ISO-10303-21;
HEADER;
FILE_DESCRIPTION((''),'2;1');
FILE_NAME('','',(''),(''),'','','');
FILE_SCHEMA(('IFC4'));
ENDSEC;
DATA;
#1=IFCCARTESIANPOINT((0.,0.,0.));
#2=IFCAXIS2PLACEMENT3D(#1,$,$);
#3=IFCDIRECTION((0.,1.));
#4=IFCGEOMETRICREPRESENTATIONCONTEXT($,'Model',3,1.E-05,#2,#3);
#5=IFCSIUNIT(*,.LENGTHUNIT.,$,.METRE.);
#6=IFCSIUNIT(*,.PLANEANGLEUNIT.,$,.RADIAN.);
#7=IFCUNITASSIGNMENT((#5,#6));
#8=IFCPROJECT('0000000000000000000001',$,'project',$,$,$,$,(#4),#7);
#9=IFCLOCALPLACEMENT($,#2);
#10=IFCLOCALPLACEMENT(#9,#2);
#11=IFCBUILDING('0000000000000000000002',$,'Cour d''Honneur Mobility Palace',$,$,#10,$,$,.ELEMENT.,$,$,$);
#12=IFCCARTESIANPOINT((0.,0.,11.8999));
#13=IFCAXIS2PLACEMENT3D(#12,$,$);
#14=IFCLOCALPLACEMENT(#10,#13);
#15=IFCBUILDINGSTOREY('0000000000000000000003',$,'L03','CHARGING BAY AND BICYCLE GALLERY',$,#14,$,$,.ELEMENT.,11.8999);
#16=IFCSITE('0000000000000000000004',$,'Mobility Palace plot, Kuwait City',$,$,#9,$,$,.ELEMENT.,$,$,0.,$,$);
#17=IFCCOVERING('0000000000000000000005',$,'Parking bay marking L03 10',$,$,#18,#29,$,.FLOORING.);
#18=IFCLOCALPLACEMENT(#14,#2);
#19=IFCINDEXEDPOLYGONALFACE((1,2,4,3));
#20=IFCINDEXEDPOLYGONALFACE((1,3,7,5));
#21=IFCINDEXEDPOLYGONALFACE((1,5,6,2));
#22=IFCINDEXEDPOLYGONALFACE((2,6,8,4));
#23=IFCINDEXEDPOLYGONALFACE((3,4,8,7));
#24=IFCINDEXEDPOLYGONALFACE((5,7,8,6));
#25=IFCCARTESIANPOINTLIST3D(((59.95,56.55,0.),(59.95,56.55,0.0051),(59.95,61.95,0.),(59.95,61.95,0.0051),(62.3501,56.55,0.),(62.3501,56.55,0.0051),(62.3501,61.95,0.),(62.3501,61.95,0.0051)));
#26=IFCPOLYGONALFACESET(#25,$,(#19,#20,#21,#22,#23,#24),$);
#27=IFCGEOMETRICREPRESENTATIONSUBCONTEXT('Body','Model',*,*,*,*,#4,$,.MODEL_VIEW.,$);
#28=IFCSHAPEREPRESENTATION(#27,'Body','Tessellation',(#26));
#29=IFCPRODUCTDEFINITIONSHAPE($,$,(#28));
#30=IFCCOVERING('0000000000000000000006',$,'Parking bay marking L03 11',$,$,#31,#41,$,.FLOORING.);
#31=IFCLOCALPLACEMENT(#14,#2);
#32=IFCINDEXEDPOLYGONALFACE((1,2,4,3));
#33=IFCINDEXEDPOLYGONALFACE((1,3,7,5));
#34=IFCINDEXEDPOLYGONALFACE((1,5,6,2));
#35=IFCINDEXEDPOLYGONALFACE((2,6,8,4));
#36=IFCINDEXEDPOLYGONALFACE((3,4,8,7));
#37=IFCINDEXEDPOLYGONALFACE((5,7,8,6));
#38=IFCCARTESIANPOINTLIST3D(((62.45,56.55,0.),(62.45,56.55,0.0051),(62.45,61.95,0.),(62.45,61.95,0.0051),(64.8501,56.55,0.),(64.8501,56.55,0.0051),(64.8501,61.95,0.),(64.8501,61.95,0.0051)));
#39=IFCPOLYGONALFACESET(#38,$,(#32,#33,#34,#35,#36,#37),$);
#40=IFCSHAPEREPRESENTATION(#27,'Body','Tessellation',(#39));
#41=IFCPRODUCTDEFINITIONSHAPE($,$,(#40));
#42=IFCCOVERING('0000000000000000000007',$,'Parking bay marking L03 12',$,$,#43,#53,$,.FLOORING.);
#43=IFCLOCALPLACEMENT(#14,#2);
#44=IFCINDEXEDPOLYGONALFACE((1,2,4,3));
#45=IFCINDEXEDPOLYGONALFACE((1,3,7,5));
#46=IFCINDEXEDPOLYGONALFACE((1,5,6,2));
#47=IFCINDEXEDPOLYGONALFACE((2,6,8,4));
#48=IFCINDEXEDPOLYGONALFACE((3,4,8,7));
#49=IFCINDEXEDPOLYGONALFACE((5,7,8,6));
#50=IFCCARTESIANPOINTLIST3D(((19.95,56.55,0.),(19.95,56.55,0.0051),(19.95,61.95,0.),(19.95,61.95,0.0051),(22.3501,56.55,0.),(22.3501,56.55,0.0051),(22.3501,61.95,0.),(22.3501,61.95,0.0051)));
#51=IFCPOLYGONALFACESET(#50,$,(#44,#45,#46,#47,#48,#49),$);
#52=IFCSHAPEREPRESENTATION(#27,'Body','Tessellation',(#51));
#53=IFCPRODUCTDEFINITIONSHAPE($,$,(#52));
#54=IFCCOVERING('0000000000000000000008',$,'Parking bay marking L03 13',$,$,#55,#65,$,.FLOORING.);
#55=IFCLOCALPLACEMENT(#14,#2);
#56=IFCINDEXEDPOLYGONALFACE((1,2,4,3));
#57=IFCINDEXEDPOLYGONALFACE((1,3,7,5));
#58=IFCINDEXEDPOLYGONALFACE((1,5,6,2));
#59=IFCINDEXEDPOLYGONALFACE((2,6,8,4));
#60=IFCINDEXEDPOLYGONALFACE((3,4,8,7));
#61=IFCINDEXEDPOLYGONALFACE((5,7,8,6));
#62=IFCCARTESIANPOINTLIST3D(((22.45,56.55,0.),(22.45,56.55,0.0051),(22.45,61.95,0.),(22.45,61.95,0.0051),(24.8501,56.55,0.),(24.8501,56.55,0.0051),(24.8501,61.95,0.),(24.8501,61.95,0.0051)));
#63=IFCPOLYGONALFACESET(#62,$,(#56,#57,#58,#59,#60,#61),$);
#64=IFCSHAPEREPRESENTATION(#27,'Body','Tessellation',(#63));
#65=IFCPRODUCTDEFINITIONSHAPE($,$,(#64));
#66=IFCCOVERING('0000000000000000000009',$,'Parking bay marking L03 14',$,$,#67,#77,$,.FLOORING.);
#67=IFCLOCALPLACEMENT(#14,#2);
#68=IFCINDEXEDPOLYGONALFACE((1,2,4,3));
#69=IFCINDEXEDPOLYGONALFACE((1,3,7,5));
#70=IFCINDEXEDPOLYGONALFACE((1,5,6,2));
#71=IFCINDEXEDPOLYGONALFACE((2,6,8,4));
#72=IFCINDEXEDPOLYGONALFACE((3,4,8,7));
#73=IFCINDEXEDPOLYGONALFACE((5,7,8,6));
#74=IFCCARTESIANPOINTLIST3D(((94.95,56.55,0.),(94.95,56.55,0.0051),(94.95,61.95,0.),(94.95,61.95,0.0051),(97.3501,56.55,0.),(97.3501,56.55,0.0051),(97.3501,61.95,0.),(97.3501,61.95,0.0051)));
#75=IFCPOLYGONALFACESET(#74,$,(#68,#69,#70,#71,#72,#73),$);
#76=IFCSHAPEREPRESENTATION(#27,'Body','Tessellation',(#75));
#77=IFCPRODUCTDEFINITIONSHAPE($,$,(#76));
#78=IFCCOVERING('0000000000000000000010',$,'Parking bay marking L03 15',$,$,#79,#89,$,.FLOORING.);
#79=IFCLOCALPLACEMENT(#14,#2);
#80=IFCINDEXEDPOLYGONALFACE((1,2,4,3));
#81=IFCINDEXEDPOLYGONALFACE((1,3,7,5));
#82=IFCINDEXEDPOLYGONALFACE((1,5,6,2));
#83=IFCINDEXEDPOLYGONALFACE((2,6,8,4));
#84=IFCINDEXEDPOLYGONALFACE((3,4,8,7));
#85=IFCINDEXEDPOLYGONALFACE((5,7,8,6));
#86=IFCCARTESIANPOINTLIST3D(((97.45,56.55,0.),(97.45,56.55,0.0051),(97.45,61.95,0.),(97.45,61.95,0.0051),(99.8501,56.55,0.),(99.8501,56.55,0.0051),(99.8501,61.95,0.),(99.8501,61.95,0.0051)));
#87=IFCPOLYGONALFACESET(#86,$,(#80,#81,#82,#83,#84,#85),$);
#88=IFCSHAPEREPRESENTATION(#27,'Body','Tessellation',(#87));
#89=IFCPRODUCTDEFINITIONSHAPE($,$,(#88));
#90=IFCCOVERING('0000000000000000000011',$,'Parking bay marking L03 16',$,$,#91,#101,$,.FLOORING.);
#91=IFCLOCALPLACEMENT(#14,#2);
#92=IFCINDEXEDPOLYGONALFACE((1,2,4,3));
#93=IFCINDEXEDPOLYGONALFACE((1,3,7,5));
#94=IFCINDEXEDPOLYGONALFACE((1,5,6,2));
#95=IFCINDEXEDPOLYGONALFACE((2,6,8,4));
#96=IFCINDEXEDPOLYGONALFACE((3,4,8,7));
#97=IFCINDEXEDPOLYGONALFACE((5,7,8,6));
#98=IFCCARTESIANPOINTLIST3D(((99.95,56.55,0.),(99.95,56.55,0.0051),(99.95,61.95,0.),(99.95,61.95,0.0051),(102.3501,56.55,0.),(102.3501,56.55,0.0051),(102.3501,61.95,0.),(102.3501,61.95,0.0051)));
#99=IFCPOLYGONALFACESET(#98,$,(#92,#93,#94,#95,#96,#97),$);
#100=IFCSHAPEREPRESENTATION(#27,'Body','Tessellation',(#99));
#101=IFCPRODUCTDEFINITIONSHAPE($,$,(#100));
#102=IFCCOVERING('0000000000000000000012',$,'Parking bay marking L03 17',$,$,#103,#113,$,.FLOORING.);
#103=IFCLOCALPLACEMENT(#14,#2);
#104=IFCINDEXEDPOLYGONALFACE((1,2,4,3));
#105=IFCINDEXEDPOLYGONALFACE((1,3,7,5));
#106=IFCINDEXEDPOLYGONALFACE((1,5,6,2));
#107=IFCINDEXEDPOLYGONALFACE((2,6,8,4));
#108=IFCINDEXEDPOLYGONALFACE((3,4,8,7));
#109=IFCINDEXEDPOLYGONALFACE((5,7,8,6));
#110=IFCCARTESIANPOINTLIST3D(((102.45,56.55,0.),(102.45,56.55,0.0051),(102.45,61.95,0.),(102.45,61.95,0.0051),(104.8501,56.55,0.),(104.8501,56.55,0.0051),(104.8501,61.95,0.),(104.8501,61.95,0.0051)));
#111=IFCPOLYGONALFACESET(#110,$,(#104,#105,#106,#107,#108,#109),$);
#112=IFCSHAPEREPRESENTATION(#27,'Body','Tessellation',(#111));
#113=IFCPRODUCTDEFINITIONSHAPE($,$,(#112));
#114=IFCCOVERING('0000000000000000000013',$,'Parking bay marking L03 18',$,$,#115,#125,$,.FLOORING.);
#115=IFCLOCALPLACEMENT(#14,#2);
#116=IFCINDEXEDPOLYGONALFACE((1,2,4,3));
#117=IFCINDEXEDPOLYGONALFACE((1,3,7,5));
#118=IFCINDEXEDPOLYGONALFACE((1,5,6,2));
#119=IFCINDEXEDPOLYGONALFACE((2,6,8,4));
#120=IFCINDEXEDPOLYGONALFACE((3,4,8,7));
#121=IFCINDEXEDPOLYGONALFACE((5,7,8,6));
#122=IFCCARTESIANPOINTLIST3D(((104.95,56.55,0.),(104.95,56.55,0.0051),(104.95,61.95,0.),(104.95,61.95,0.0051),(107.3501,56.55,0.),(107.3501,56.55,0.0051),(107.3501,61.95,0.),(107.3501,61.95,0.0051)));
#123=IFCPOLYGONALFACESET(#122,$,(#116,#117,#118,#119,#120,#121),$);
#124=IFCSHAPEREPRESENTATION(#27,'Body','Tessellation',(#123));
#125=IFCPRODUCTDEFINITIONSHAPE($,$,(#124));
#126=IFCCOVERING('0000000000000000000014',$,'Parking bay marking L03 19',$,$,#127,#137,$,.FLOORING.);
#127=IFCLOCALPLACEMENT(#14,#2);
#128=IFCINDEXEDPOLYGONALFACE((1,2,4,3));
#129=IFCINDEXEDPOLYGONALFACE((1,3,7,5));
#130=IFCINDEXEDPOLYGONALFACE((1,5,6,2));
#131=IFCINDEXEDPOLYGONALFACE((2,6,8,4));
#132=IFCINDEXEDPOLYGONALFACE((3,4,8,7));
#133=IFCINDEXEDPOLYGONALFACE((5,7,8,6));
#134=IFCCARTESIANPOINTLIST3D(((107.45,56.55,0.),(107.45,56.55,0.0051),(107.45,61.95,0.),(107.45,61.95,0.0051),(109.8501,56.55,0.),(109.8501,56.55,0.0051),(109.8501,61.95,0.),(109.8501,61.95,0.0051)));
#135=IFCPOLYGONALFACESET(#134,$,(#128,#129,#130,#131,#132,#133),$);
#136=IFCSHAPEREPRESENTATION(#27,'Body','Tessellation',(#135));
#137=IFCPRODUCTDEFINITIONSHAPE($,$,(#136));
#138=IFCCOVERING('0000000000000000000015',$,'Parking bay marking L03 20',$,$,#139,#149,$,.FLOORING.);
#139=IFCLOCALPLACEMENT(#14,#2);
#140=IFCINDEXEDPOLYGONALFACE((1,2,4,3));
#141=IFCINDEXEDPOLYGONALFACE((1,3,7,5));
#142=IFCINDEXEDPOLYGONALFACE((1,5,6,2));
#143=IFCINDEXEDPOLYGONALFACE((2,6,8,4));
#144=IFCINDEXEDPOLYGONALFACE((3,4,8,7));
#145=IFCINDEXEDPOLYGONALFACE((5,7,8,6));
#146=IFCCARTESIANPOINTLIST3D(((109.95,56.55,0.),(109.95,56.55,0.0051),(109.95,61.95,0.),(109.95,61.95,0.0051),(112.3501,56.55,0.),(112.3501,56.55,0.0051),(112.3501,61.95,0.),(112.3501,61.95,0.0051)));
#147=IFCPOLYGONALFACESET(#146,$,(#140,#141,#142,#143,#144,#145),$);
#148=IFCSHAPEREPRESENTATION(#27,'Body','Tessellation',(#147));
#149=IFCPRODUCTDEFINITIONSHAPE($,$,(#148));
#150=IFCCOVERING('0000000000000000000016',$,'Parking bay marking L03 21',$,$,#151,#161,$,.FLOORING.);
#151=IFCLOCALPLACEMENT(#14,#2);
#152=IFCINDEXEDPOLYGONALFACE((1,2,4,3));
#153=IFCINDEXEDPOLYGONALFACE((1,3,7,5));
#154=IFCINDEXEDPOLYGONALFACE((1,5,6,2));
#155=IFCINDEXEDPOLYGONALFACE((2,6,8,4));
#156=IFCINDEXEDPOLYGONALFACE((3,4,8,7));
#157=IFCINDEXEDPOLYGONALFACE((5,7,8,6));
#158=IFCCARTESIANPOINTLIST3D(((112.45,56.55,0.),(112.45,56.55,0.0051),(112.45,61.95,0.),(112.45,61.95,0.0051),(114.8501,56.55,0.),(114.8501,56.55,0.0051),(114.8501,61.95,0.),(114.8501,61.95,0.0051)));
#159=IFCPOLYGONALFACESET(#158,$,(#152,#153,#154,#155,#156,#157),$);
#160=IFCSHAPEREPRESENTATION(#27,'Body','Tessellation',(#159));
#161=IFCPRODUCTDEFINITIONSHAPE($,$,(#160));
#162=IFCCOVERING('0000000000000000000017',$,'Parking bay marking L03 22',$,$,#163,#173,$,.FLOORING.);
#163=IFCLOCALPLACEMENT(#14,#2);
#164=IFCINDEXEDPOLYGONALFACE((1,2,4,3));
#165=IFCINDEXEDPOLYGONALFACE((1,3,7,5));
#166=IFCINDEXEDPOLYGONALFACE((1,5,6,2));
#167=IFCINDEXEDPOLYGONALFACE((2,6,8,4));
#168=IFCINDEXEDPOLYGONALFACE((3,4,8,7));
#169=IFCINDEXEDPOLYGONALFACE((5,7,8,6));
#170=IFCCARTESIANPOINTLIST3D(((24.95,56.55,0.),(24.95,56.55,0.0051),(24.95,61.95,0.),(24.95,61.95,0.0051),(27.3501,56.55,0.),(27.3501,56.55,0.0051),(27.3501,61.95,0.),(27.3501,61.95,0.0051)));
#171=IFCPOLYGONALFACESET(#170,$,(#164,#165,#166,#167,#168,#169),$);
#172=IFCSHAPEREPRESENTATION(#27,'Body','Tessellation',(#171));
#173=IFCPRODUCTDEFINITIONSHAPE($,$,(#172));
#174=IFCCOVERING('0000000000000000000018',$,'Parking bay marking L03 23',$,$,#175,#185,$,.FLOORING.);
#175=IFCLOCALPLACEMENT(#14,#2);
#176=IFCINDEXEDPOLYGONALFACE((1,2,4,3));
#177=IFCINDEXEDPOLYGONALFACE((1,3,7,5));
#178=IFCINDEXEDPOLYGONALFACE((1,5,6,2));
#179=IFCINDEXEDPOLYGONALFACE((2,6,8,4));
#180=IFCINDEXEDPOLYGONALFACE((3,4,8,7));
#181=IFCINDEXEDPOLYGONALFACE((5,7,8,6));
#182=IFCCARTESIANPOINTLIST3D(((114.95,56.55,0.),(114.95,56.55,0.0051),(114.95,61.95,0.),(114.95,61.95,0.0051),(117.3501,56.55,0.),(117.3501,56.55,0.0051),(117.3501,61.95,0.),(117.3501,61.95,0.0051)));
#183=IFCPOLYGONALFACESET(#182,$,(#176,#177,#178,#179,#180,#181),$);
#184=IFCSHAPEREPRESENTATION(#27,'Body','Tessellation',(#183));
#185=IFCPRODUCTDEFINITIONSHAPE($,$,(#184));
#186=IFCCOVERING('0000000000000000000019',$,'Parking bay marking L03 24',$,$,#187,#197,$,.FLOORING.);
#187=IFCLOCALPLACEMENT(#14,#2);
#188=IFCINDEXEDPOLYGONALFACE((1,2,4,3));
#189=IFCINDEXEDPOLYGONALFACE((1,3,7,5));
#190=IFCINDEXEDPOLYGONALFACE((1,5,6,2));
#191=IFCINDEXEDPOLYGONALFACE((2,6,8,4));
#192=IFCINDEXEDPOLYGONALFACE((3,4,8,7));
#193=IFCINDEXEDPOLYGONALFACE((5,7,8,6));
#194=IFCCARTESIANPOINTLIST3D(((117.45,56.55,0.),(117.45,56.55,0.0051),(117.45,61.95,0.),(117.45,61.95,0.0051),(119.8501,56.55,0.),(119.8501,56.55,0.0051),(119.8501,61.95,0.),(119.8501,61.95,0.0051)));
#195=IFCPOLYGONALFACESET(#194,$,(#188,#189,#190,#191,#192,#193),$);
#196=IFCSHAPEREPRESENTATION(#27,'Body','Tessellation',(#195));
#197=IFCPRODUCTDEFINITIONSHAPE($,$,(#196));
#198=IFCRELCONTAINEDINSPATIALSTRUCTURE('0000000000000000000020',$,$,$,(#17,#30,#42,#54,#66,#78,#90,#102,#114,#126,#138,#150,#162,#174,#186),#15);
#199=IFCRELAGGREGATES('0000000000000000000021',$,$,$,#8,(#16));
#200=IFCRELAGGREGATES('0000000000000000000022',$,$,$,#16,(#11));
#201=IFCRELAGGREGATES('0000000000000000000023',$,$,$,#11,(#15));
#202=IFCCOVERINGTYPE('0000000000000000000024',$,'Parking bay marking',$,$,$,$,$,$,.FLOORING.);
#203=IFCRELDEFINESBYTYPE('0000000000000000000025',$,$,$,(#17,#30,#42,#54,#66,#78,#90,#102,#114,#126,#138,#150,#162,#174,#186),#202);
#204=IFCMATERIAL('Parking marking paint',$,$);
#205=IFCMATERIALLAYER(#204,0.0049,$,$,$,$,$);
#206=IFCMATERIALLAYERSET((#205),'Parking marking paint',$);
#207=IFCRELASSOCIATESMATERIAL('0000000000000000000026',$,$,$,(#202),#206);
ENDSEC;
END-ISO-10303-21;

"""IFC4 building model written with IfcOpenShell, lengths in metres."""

from ifc_helpers import new_model, si_unit, direction, frame, origin, place, context, subcontext, project, spatial, polyline, outline, extrude, material, layer, layer_set, type_object, element, save


model = new_model("IFC4")

# Units and contexts
model_context = context("Model", 3, precision=1e-05, world=origin(), true_north=direction((0.0, 1.0)))
body_context = subcontext(model_context, "Body", "Model", "MODEL_VIEW")
ifc_project = project(units=[si_unit("LENGTHUNIT", "METRE"), si_unit("PLANEANGLEUNIT", "RADIAN")], contexts=[model_context])

# Site, building, storey
site_placement = place(None, origin())
site = spatial("IfcSite", under=ifc_project, at=site_placement, Name="Mobility Palace plot, Kuwait City", CompositionType="ELEMENT", RefElevation=0.0)
building_placement = place(site_placement, origin())
building = spatial("IfcBuilding", under=site, at=building_placement, Name="Cour d'Honneur Mobility Palace", CompositionType="ELEMENT")
storey_placement = place(building_placement, frame((0.0, 0.0, 11.8999)))
storey = spatial("IfcBuildingStorey", under=building, at=storey_placement, Name="L03", Description="CHARGING BAY AND BICYCLE GALLERY", CompositionType="ELEMENT", Elevation=11.8999)

# Coverings
ifc_material_1 = material(Name="Parking marking paint")
ifc_layer_1 = layer(ifc_material_1, 0.0049)
ifc_layer_set_1 = layer_set([ifc_layer_1], Name="Parking marking paint")
covering_type_1 = type_object("IfcCoveringType", Name="Parking bay marking", PredefinedType="FLOORING", material=ifc_layer_set_1)
covering_1_placement = place(storey_placement, origin())
element("IfcCovering", 1, at=covering_1_placement, inside=storey, type_object=covering_type_1, Name="Parking bay marking L03 10", PredefinedType="FLOORING", context=body_context, shape_type="SweptSolid", body=[
    extrude(outline(polyline([(62.3501, 56.55), (59.95, 56.55), (59.95, 61.95), (62.3501, 61.95), (62.3501, 56.55)])), origin(), (0.0, 0.0, 1.0), 0.0051),
])
covering_2_placement = place(storey_placement, origin())
element("IfcCovering", 2, at=covering_2_placement, inside=storey, type_object=covering_type_1, Name="Parking bay marking L03 11", PredefinedType="FLOORING", context=body_context, shape_type="SweptSolid", body=[
    extrude(outline(polyline([(64.8501, 56.55), (62.45, 56.55), (62.45, 61.95), (64.8501, 61.95), (64.8501, 56.55)])), origin(), (0.0, 0.0, 1.0), 0.0051),
])
covering_3_placement = place(storey_placement, origin())
element("IfcCovering", 3, at=covering_3_placement, inside=storey, type_object=covering_type_1, Name="Parking bay marking L03 12", PredefinedType="FLOORING", context=body_context, shape_type="SweptSolid", body=[
    extrude(outline(polyline([(22.3501, 56.55), (19.95, 56.55), (19.95, 61.95), (22.3501, 61.95), (22.3501, 56.55)])), origin(), (0.0, 0.0, 1.0), 0.0051),
])
covering_4_placement = place(storey_placement, origin())
element("IfcCovering", 4, at=covering_4_placement, inside=storey, type_object=covering_type_1, Name="Parking bay marking L03 13", PredefinedType="FLOORING", context=body_context, shape_type="SweptSolid", body=[
    extrude(outline(polyline([(24.8501, 56.55), (22.45, 56.55), (22.45, 61.95), (24.8501, 61.95), (24.8501, 56.55)])), origin(), (0.0, 0.0, 1.0), 0.0051),
])
covering_5_placement = place(storey_placement, origin())
element("IfcCovering", 5, at=covering_5_placement, inside=storey, type_object=covering_type_1, Name="Parking bay marking L03 14", PredefinedType="FLOORING", context=body_context, shape_type="SweptSolid", body=[
    extrude(outline(polyline([(97.3501, 56.55), (94.95, 56.55), (94.95, 61.95), (97.3501, 61.95), (97.3501, 56.55)])), origin(), (0.0, 0.0, 1.0), 0.0051),
])
covering_6_placement = place(storey_placement, origin())
element("IfcCovering", 6, at=covering_6_placement, inside=storey, type_object=covering_type_1, Name="Parking bay marking L03 15", PredefinedType="FLOORING", context=body_context, shape_type="SweptSolid", body=[
    extrude(outline(polyline([(99.8501, 56.55), (97.45, 56.55), (97.45, 61.95), (99.8501, 61.95), (99.8501, 56.55)])), origin(), (0.0, 0.0, 1.0), 0.0051),
])
covering_7_placement = place(storey_placement, origin())
element("IfcCovering", 7, at=covering_7_placement, inside=storey, type_object=covering_type_1, Name="Parking bay marking L03 16", PredefinedType="FLOORING", context=body_context, shape_type="SweptSolid", body=[
    extrude(outline(polyline([(102.3501, 56.55), (99.95, 56.55), (99.95, 61.95), (102.3501, 61.95), (102.3501, 56.55)])), origin(), (0.0, 0.0, 1.0), 0.0051),
])
covering_8_placement = place(storey_placement, origin())
element("IfcCovering", 8, at=covering_8_placement, inside=storey, type_object=covering_type_1, Name="Parking bay marking L03 17", PredefinedType="FLOORING", context=body_context, shape_type="SweptSolid", body=[
    extrude(outline(polyline([(104.8501, 56.55), (102.45, 56.55), (102.45, 61.95), (104.8501, 61.95), (104.8501, 56.55)])), origin(), (0.0, 0.0, 1.0), 0.0051),
])
covering_9_placement = place(storey_placement, origin())
element("IfcCovering", 9, at=covering_9_placement, inside=storey, type_object=covering_type_1, Name="Parking bay marking L03 18", PredefinedType="FLOORING", context=body_context, shape_type="SweptSolid", body=[
    extrude(outline(polyline([(107.3501, 56.55), (104.95, 56.55), (104.95, 61.95), (107.3501, 61.95), (107.3501, 56.55)])), origin(), (0.0, 0.0, 1.0), 0.0051),
])
covering_10_placement = place(storey_placement, origin())
element("IfcCovering", 10, at=covering_10_placement, inside=storey, type_object=covering_type_1, Name="Parking bay marking L03 19", PredefinedType="FLOORING", context=body_context, shape_type="SweptSolid", body=[
    extrude(outline(polyline([(109.8501, 56.55), (107.45, 56.55), (107.45, 61.95), (109.8501, 61.95), (109.8501, 56.55)])), origin(), (0.0, 0.0, 1.0), 0.0051),
])
covering_11_placement = place(storey_placement, origin())
element("IfcCovering", 11, at=covering_11_placement, inside=storey, type_object=covering_type_1, Name="Parking bay marking L03 20", PredefinedType="FLOORING", context=body_context, shape_type="SweptSolid", body=[
    extrude(outline(polyline([(112.3501, 56.55), (109.95, 56.55), (109.95, 61.95), (112.3501, 61.95), (112.3501, 56.55)])), origin(), (0.0, 0.0, 1.0), 0.0051),
])
covering_12_placement = place(storey_placement, origin())
element("IfcCovering", 12, at=covering_12_placement, inside=storey, type_object=covering_type_1, Name="Parking bay marking L03 21", PredefinedType="FLOORING", context=body_context, shape_type="SweptSolid", body=[
    extrude(outline(polyline([(114.8501, 56.55), (112.45, 56.55), (112.45, 61.95), (114.8501, 61.95), (114.8501, 56.55)])), origin(), (0.0, 0.0, 1.0), 0.0051),
])
covering_13_placement = place(storey_placement, origin())
element("IfcCovering", 13, at=covering_13_placement, inside=storey, type_object=covering_type_1, Name="Parking bay marking L03 22", PredefinedType="FLOORING", context=body_context, shape_type="SweptSolid", body=[
    extrude(outline(polyline([(27.3501, 56.55), (24.95, 56.55), (24.95, 61.95), (27.3501, 61.95), (27.3501, 56.55)])), origin(), (0.0, 0.0, 1.0), 0.0051),
])
covering_14_placement = place(storey_placement, origin())
element("IfcCovering", 14, at=covering_14_placement, inside=storey, type_object=covering_type_1, Name="Parking bay marking L03 23", PredefinedType="FLOORING", context=body_context, shape_type="SweptSolid", body=[
    extrude(outline(polyline([(117.3501, 56.55), (114.95, 56.55), (114.95, 61.95), (117.3501, 61.95), (117.3501, 56.55)])), origin(), (0.0, 0.0, 1.0), 0.0051),
])
covering_15_placement = place(storey_placement, origin())
element("IfcCovering", 15, at=covering_15_placement, inside=storey, type_object=covering_type_1, Name="Parking bay marking L03 24", PredefinedType="FLOORING", context=body_context, shape_type="SweptSolid", body=[
    extrude(outline(polyline([(119.8501, 56.55), (117.45, 56.55), (117.45, 61.95), (119.8501, 61.95), (119.8501, 56.55)])), origin(), (0.0, 0.0, 1.0), 0.0051),
])

save(model, "model.ifc")
